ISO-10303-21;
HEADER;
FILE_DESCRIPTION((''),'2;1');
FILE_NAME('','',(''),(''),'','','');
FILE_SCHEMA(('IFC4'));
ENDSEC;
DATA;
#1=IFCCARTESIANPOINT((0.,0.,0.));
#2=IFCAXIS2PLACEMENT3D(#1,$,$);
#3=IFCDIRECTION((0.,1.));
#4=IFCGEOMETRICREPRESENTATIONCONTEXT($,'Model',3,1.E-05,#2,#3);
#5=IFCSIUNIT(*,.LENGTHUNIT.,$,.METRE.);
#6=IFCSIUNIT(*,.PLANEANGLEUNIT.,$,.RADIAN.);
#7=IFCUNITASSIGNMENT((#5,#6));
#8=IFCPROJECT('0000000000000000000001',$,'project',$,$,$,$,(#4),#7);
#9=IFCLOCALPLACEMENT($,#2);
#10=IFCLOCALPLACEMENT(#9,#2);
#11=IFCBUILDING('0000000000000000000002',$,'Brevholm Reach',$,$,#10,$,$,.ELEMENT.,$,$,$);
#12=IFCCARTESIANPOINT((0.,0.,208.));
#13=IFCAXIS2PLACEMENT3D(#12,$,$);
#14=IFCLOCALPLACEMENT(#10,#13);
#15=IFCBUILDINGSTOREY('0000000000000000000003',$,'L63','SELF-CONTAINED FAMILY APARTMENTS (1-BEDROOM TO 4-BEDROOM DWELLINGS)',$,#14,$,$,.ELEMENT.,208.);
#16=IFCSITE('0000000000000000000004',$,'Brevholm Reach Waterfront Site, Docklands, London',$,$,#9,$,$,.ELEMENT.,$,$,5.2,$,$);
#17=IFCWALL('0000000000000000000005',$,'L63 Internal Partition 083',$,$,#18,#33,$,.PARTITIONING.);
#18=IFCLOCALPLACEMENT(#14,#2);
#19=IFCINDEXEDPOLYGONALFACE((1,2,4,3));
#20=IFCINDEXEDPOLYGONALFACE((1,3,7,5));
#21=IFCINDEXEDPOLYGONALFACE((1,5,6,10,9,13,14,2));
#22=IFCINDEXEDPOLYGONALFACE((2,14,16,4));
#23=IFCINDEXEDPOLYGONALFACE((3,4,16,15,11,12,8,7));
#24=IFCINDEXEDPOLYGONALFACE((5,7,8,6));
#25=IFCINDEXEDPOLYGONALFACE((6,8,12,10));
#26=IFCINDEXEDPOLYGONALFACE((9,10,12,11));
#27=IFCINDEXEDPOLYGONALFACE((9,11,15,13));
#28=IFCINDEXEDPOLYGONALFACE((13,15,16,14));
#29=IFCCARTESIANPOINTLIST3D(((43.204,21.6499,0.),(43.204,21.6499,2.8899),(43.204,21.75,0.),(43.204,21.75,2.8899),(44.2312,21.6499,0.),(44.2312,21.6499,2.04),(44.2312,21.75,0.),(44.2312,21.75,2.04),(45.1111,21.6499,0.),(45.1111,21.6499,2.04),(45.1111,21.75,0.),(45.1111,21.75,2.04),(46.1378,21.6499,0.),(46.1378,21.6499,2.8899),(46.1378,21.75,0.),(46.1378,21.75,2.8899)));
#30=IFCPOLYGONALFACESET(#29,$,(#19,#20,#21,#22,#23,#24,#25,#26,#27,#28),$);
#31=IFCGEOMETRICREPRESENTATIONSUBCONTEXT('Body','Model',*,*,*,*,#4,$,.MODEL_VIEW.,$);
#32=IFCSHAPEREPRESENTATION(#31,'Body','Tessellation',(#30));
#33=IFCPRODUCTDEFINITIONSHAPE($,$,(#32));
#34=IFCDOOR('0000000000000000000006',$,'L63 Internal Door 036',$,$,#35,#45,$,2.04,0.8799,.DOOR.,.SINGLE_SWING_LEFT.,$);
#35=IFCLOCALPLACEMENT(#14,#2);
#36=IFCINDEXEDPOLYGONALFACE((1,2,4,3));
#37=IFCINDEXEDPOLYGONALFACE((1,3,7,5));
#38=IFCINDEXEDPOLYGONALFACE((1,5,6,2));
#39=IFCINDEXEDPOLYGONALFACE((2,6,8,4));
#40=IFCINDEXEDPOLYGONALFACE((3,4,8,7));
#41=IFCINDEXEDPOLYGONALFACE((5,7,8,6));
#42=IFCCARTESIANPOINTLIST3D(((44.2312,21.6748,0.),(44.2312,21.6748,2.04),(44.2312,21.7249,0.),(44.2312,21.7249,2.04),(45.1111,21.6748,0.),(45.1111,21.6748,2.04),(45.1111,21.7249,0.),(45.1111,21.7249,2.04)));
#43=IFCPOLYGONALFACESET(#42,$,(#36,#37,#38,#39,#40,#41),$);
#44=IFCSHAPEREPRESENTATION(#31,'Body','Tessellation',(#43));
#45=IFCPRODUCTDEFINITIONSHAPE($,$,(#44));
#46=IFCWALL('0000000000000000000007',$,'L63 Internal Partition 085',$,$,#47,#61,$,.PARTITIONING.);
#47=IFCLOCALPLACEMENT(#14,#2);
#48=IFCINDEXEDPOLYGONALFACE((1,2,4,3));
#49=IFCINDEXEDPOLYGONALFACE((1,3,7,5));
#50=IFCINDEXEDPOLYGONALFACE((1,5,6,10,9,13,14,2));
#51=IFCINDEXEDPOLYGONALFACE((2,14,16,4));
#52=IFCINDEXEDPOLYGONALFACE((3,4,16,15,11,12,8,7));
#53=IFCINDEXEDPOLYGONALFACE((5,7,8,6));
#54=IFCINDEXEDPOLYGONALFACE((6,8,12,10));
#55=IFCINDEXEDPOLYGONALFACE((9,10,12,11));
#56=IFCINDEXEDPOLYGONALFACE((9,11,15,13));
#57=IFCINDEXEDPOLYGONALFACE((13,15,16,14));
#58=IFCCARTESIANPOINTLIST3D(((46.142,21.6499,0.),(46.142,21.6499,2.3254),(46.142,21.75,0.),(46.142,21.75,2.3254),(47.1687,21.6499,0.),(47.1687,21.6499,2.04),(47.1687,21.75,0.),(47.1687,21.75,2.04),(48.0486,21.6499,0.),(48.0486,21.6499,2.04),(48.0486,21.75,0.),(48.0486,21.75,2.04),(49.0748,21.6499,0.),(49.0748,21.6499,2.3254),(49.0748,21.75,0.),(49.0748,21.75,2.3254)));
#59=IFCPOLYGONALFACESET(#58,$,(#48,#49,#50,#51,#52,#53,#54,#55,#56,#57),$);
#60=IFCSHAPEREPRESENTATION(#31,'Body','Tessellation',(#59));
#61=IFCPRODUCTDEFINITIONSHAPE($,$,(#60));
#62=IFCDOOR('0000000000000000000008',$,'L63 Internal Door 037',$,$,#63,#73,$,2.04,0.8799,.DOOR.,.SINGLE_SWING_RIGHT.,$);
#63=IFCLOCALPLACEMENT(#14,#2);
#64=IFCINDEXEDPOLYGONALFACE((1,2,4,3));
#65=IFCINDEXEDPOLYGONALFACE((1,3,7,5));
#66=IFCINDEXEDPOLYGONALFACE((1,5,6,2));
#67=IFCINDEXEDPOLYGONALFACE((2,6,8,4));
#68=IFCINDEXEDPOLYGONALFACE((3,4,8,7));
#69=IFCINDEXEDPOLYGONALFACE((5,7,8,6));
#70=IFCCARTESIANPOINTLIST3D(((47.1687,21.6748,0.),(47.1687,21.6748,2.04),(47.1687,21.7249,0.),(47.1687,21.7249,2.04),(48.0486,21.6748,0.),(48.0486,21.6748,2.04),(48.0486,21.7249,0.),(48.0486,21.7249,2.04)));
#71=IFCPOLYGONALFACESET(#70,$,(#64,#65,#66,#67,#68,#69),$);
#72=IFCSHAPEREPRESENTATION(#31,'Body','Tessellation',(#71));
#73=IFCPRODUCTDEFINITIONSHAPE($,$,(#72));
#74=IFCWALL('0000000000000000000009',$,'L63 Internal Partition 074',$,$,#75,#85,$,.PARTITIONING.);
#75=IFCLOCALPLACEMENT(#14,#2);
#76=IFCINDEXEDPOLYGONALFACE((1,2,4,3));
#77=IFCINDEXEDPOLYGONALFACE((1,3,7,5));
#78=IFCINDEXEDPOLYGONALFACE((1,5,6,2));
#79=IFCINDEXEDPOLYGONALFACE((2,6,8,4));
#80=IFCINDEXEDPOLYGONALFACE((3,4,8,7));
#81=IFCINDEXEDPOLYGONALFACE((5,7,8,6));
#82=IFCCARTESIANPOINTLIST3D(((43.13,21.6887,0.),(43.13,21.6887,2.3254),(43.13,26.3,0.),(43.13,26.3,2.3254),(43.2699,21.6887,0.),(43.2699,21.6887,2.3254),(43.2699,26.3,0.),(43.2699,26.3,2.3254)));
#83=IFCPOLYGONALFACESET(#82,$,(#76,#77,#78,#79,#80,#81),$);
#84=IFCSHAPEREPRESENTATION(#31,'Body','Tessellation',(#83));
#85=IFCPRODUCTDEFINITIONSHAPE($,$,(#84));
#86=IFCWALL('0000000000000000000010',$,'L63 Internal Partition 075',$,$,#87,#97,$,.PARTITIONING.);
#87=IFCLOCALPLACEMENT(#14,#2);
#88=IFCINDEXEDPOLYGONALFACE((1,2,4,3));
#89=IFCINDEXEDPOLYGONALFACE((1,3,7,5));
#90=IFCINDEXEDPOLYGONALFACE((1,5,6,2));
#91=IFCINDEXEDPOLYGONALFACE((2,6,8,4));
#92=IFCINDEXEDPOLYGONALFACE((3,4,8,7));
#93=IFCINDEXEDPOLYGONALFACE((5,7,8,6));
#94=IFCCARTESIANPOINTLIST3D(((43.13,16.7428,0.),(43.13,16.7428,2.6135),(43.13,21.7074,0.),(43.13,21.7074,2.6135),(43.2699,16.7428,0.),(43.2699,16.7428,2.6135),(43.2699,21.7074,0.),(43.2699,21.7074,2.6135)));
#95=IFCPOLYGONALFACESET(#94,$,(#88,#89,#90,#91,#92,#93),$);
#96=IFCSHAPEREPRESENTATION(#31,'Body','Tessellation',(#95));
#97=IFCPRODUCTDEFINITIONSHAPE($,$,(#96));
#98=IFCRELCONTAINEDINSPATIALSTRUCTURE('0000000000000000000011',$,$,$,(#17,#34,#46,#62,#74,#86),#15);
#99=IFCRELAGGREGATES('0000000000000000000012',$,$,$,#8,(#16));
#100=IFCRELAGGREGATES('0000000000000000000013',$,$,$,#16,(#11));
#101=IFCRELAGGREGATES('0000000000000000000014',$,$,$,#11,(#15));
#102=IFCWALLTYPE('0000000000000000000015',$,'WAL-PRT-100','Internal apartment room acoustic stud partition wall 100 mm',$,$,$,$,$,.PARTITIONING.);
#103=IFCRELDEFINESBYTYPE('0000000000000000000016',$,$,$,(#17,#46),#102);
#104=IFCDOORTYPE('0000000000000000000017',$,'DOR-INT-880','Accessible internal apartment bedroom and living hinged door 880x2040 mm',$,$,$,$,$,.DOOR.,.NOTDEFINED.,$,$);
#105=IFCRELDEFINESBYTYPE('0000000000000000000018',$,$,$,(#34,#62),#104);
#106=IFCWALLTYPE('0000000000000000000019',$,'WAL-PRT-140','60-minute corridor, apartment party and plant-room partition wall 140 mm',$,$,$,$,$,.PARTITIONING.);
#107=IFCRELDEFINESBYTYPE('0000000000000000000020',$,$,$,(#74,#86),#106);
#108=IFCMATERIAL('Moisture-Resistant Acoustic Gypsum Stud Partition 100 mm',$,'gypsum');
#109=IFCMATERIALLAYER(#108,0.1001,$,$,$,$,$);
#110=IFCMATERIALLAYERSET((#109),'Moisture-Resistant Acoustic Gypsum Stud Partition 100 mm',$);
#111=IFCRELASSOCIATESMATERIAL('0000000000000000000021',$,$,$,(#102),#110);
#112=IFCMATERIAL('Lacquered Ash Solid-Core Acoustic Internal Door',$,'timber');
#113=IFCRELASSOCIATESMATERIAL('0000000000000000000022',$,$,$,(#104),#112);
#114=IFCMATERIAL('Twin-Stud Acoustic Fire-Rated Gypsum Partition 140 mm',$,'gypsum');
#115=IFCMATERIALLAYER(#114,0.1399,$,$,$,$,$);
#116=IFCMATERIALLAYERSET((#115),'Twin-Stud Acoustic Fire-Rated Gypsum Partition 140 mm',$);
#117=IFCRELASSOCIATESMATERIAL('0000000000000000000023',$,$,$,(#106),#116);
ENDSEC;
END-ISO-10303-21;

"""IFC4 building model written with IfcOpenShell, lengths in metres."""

from ifc_helpers import new_model, si_unit, direction, frame, frame_2d, origin, place, context, subcontext, project, spatial, rectangle, extrude, material, layer, layer_set, type_object, element, fill, save


model = new_model("IFC4")

# Units and contexts
model_context = context("Model", 3, precision=1e-05, world=origin(), true_north=direction((0.0, 1.0)))
body_context = subcontext(model_context, "Body", "Model", "MODEL_VIEW")
ifc_project = project(units=[si_unit("LENGTHUNIT", "METRE"), si_unit("PLANEANGLEUNIT", "RADIAN")], contexts=[model_context])

# Site, building, storey
site_placement = place(None, origin())
site = spatial("IfcSite", under=ifc_project, at=site_placement, Name="Brevholm Reach Waterfront Site, Docklands, London", CompositionType="ELEMENT", RefElevation=5.2)
building_placement = place(site_placement, origin())
building = spatial("IfcBuilding", under=site, at=building_placement, Name="Brevholm Reach", CompositionType="ELEMENT")
storey_placement = place(building_placement, frame((0.0, 0.0, 208.0)))
storey = spatial("IfcBuildingStorey", under=building, at=storey_placement, Name="L63", Description="SELF-CONTAINED FAMILY APARTMENTS (1-BEDROOM TO 4-BEDROOM DWELLINGS)", CompositionType="ELEMENT", Elevation=208.0)

# Shared definitions
ifc_material_1 = material(Name="Moisture-Resistant Acoustic Gypsum Stud Partition 100 mm", Category="gypsum")
ifc_layer_1 = layer(ifc_material_1, 0.1001)
ifc_layer_set_1 = layer_set([ifc_layer_1], Name="Moisture-Resistant Acoustic Gypsum Stud Partition 100 mm")
wall_type_1 = type_object("IfcWallType", Name="WAL-PRT-100", Description="Internal apartment room acoustic stud partition wall 100 mm", PredefinedType="PARTITIONING", material=ifc_layer_set_1)
ifc_material_2 = material(Name="Lacquered Ash Solid-Core Acoustic Internal Door", Category="timber")
door_type_1 = type_object("IfcDoorType", Name="DOR-INT-880", Description="Accessible internal apartment bedroom and living hinged door 880x2040 mm", OperationType="NOTDEFINED", PredefinedType="DOOR", material=ifc_material_2)

# Walls, openings, doors
wall_1_placement = place(storey_placement, frame((43.2041, 21.7, 0.0), z_axis=(0.0, 0.0, 1.0), x_axis=(1.0, 0.0, 0.0)))
wall_1 = element("IfcWall", 1, at=wall_1_placement, inside=storey, type_object=wall_type_1, Name="L63 Internal Partition 083", PredefinedType="PARTITIONING", context=body_context, shape_type="SweptSolid", body=[
    extrude(rectangle(XDim=2.9338, YDim=0.1001, at=frame_2d((1.4668, 0.0))), origin(), (0.0, 0.0, 1.0), 2.8899),
])
opening_1_placement = place(wall_1_placement, frame((1.0271, 0.0, 0.0)))
opening_1 = element("IfcOpeningElement", 2, at=opening_1_placement, cuts=wall_1, PredefinedType="OPENING", context=body_context, shape_type="SweptSolid", body=[
    extrude(rectangle(XDim=0.8799, YDim=2.04, at=frame_2d((0.4399, 1.02))), frame((0.0, 0.0601, 0.0), z_axis=(0.0, -1.0, 0.0), x_axis=(1.0, 0.0, 0.0)), (0.0, 0.0, 1.0), 0.1201),
])
door_1_placement = place(opening_1_placement, origin())
door_1 = element("IfcDoor", 3, at=door_1_placement, inside=storey, type_object=door_type_1, Name="L63 Internal Door 036", OperationType="SINGLE_SWING_LEFT", OverallHeight=2.04, OverallWidth=0.8799, PredefinedType="DOOR", context=body_context, shape_type="SweptSolid", body=[
    extrude(rectangle(XDim=0.8799, YDim=2.04, at=frame_2d((0.4399, 1.02))), frame((0.0, 0.0249, 0.0), z_axis=(0.0, -1.0, 0.0), x_axis=(1.0, 0.0, 0.0)), (0.0, 0.0, 1.0), 0.05),
])
fill(opening_1, door_1)
wall_2_placement = place(storey_placement, frame((46.1421, 21.7, 0.0), z_axis=(0.0, 0.0, 1.0), x_axis=(1.0, 0.0, 0.0)))
wall_2 = element("IfcWall", 4, at=wall_2_placement, inside=storey, type_object=wall_type_1, Name="L63 Internal Partition 085", PredefinedType="PARTITIONING", context=body_context, shape_type="SweptSolid", body=[
    extrude(rectangle(XDim=2.9329, YDim=0.1001, at=frame_2d((1.4663, 0.0))), origin(), (0.0, 0.0, 1.0), 2.3254),
])
opening_2_placement = place(wall_2_placement, frame((1.0266, 0.0, 0.0)))
opening_2 = element("IfcOpeningElement", 5, at=opening_2_placement, cuts=wall_2, PredefinedType="OPENING", context=body_context, shape_type="SweptSolid", body=[
    extrude(rectangle(XDim=0.8799, YDim=2.04, at=frame_2d((0.4399, 1.02))), frame((0.0, 0.0601, 0.0), z_axis=(0.0, -1.0, 0.0), x_axis=(1.0, 0.0, 0.0)), (0.0, 0.0, 1.0), 0.1201),
])
door_2_placement = place(opening_2_placement, origin())
door_2 = element("IfcDoor", 6, at=door_2_placement, inside=storey, type_object=door_type_1, Name="L63 Internal Door 037", OperationType="SINGLE_SWING_RIGHT", OverallHeight=2.04, OverallWidth=0.8799, PredefinedType="DOOR", context=body_context, shape_type="SweptSolid", body=[
    extrude(rectangle(XDim=0.8799, YDim=2.04, at=frame_2d((0.4399, 1.02))), frame((0.0, 0.0249, 0.0), z_axis=(0.0, -1.0, 0.0), x_axis=(1.0, 0.0, 0.0)), (0.0, 0.0, 1.0), 0.05),
])
fill(opening_2, door_2)

# Walls
ifc_material_3 = material(Name="Twin-Stud Acoustic Fire-Rated Gypsum Partition 140 mm", Category="gypsum")
ifc_layer_2 = layer(ifc_material_3, 0.1399)
ifc_layer_set_2 = layer_set([ifc_layer_2], Name="Twin-Stud Acoustic Fire-Rated Gypsum Partition 140 mm")
wall_type_2 = type_object("IfcWallType", Name="WAL-PRT-140", Description="60-minute corridor, apartment party and plant-room partition wall 140 mm", PredefinedType="PARTITIONING", material=ifc_layer_set_2)
wall_3_placement = place(storey_placement, frame((43.2, 21.6887, 0.0), z_axis=(0.0, 0.0, 1.0), x_axis=(0.0, 1.0, 0.0)))
element("IfcWall", 7, at=wall_3_placement, inside=storey, type_object=wall_type_2, Name="L63 Internal Partition 074", PredefinedType="PARTITIONING", context=body_context, shape_type="SweptSolid", body=[
    extrude(rectangle(XDim=4.6113, YDim=0.1399, at=frame_2d((2.3057, 0.0))), origin(), (0.0, 0.0, 1.0), 2.3254),
])
wall_4_placement = place(storey_placement, frame((43.2, 16.7427, 0.0), z_axis=(0.0, 0.0, 1.0), x_axis=(0.0, 1.0, 0.0)))
element("IfcWall", 8, at=wall_4_placement, inside=storey, type_object=wall_type_2, Name="L63 Internal Partition 075", PredefinedType="PARTITIONING", context=body_context, shape_type="SweptSolid", body=[
    extrude(rectangle(XDim=4.9646, YDim=0.1399, at=frame_2d((2.4824, 0.0))), origin(), (0.0, 0.0, 1.0), 2.6135),
])

save(model, "model.ifc")
